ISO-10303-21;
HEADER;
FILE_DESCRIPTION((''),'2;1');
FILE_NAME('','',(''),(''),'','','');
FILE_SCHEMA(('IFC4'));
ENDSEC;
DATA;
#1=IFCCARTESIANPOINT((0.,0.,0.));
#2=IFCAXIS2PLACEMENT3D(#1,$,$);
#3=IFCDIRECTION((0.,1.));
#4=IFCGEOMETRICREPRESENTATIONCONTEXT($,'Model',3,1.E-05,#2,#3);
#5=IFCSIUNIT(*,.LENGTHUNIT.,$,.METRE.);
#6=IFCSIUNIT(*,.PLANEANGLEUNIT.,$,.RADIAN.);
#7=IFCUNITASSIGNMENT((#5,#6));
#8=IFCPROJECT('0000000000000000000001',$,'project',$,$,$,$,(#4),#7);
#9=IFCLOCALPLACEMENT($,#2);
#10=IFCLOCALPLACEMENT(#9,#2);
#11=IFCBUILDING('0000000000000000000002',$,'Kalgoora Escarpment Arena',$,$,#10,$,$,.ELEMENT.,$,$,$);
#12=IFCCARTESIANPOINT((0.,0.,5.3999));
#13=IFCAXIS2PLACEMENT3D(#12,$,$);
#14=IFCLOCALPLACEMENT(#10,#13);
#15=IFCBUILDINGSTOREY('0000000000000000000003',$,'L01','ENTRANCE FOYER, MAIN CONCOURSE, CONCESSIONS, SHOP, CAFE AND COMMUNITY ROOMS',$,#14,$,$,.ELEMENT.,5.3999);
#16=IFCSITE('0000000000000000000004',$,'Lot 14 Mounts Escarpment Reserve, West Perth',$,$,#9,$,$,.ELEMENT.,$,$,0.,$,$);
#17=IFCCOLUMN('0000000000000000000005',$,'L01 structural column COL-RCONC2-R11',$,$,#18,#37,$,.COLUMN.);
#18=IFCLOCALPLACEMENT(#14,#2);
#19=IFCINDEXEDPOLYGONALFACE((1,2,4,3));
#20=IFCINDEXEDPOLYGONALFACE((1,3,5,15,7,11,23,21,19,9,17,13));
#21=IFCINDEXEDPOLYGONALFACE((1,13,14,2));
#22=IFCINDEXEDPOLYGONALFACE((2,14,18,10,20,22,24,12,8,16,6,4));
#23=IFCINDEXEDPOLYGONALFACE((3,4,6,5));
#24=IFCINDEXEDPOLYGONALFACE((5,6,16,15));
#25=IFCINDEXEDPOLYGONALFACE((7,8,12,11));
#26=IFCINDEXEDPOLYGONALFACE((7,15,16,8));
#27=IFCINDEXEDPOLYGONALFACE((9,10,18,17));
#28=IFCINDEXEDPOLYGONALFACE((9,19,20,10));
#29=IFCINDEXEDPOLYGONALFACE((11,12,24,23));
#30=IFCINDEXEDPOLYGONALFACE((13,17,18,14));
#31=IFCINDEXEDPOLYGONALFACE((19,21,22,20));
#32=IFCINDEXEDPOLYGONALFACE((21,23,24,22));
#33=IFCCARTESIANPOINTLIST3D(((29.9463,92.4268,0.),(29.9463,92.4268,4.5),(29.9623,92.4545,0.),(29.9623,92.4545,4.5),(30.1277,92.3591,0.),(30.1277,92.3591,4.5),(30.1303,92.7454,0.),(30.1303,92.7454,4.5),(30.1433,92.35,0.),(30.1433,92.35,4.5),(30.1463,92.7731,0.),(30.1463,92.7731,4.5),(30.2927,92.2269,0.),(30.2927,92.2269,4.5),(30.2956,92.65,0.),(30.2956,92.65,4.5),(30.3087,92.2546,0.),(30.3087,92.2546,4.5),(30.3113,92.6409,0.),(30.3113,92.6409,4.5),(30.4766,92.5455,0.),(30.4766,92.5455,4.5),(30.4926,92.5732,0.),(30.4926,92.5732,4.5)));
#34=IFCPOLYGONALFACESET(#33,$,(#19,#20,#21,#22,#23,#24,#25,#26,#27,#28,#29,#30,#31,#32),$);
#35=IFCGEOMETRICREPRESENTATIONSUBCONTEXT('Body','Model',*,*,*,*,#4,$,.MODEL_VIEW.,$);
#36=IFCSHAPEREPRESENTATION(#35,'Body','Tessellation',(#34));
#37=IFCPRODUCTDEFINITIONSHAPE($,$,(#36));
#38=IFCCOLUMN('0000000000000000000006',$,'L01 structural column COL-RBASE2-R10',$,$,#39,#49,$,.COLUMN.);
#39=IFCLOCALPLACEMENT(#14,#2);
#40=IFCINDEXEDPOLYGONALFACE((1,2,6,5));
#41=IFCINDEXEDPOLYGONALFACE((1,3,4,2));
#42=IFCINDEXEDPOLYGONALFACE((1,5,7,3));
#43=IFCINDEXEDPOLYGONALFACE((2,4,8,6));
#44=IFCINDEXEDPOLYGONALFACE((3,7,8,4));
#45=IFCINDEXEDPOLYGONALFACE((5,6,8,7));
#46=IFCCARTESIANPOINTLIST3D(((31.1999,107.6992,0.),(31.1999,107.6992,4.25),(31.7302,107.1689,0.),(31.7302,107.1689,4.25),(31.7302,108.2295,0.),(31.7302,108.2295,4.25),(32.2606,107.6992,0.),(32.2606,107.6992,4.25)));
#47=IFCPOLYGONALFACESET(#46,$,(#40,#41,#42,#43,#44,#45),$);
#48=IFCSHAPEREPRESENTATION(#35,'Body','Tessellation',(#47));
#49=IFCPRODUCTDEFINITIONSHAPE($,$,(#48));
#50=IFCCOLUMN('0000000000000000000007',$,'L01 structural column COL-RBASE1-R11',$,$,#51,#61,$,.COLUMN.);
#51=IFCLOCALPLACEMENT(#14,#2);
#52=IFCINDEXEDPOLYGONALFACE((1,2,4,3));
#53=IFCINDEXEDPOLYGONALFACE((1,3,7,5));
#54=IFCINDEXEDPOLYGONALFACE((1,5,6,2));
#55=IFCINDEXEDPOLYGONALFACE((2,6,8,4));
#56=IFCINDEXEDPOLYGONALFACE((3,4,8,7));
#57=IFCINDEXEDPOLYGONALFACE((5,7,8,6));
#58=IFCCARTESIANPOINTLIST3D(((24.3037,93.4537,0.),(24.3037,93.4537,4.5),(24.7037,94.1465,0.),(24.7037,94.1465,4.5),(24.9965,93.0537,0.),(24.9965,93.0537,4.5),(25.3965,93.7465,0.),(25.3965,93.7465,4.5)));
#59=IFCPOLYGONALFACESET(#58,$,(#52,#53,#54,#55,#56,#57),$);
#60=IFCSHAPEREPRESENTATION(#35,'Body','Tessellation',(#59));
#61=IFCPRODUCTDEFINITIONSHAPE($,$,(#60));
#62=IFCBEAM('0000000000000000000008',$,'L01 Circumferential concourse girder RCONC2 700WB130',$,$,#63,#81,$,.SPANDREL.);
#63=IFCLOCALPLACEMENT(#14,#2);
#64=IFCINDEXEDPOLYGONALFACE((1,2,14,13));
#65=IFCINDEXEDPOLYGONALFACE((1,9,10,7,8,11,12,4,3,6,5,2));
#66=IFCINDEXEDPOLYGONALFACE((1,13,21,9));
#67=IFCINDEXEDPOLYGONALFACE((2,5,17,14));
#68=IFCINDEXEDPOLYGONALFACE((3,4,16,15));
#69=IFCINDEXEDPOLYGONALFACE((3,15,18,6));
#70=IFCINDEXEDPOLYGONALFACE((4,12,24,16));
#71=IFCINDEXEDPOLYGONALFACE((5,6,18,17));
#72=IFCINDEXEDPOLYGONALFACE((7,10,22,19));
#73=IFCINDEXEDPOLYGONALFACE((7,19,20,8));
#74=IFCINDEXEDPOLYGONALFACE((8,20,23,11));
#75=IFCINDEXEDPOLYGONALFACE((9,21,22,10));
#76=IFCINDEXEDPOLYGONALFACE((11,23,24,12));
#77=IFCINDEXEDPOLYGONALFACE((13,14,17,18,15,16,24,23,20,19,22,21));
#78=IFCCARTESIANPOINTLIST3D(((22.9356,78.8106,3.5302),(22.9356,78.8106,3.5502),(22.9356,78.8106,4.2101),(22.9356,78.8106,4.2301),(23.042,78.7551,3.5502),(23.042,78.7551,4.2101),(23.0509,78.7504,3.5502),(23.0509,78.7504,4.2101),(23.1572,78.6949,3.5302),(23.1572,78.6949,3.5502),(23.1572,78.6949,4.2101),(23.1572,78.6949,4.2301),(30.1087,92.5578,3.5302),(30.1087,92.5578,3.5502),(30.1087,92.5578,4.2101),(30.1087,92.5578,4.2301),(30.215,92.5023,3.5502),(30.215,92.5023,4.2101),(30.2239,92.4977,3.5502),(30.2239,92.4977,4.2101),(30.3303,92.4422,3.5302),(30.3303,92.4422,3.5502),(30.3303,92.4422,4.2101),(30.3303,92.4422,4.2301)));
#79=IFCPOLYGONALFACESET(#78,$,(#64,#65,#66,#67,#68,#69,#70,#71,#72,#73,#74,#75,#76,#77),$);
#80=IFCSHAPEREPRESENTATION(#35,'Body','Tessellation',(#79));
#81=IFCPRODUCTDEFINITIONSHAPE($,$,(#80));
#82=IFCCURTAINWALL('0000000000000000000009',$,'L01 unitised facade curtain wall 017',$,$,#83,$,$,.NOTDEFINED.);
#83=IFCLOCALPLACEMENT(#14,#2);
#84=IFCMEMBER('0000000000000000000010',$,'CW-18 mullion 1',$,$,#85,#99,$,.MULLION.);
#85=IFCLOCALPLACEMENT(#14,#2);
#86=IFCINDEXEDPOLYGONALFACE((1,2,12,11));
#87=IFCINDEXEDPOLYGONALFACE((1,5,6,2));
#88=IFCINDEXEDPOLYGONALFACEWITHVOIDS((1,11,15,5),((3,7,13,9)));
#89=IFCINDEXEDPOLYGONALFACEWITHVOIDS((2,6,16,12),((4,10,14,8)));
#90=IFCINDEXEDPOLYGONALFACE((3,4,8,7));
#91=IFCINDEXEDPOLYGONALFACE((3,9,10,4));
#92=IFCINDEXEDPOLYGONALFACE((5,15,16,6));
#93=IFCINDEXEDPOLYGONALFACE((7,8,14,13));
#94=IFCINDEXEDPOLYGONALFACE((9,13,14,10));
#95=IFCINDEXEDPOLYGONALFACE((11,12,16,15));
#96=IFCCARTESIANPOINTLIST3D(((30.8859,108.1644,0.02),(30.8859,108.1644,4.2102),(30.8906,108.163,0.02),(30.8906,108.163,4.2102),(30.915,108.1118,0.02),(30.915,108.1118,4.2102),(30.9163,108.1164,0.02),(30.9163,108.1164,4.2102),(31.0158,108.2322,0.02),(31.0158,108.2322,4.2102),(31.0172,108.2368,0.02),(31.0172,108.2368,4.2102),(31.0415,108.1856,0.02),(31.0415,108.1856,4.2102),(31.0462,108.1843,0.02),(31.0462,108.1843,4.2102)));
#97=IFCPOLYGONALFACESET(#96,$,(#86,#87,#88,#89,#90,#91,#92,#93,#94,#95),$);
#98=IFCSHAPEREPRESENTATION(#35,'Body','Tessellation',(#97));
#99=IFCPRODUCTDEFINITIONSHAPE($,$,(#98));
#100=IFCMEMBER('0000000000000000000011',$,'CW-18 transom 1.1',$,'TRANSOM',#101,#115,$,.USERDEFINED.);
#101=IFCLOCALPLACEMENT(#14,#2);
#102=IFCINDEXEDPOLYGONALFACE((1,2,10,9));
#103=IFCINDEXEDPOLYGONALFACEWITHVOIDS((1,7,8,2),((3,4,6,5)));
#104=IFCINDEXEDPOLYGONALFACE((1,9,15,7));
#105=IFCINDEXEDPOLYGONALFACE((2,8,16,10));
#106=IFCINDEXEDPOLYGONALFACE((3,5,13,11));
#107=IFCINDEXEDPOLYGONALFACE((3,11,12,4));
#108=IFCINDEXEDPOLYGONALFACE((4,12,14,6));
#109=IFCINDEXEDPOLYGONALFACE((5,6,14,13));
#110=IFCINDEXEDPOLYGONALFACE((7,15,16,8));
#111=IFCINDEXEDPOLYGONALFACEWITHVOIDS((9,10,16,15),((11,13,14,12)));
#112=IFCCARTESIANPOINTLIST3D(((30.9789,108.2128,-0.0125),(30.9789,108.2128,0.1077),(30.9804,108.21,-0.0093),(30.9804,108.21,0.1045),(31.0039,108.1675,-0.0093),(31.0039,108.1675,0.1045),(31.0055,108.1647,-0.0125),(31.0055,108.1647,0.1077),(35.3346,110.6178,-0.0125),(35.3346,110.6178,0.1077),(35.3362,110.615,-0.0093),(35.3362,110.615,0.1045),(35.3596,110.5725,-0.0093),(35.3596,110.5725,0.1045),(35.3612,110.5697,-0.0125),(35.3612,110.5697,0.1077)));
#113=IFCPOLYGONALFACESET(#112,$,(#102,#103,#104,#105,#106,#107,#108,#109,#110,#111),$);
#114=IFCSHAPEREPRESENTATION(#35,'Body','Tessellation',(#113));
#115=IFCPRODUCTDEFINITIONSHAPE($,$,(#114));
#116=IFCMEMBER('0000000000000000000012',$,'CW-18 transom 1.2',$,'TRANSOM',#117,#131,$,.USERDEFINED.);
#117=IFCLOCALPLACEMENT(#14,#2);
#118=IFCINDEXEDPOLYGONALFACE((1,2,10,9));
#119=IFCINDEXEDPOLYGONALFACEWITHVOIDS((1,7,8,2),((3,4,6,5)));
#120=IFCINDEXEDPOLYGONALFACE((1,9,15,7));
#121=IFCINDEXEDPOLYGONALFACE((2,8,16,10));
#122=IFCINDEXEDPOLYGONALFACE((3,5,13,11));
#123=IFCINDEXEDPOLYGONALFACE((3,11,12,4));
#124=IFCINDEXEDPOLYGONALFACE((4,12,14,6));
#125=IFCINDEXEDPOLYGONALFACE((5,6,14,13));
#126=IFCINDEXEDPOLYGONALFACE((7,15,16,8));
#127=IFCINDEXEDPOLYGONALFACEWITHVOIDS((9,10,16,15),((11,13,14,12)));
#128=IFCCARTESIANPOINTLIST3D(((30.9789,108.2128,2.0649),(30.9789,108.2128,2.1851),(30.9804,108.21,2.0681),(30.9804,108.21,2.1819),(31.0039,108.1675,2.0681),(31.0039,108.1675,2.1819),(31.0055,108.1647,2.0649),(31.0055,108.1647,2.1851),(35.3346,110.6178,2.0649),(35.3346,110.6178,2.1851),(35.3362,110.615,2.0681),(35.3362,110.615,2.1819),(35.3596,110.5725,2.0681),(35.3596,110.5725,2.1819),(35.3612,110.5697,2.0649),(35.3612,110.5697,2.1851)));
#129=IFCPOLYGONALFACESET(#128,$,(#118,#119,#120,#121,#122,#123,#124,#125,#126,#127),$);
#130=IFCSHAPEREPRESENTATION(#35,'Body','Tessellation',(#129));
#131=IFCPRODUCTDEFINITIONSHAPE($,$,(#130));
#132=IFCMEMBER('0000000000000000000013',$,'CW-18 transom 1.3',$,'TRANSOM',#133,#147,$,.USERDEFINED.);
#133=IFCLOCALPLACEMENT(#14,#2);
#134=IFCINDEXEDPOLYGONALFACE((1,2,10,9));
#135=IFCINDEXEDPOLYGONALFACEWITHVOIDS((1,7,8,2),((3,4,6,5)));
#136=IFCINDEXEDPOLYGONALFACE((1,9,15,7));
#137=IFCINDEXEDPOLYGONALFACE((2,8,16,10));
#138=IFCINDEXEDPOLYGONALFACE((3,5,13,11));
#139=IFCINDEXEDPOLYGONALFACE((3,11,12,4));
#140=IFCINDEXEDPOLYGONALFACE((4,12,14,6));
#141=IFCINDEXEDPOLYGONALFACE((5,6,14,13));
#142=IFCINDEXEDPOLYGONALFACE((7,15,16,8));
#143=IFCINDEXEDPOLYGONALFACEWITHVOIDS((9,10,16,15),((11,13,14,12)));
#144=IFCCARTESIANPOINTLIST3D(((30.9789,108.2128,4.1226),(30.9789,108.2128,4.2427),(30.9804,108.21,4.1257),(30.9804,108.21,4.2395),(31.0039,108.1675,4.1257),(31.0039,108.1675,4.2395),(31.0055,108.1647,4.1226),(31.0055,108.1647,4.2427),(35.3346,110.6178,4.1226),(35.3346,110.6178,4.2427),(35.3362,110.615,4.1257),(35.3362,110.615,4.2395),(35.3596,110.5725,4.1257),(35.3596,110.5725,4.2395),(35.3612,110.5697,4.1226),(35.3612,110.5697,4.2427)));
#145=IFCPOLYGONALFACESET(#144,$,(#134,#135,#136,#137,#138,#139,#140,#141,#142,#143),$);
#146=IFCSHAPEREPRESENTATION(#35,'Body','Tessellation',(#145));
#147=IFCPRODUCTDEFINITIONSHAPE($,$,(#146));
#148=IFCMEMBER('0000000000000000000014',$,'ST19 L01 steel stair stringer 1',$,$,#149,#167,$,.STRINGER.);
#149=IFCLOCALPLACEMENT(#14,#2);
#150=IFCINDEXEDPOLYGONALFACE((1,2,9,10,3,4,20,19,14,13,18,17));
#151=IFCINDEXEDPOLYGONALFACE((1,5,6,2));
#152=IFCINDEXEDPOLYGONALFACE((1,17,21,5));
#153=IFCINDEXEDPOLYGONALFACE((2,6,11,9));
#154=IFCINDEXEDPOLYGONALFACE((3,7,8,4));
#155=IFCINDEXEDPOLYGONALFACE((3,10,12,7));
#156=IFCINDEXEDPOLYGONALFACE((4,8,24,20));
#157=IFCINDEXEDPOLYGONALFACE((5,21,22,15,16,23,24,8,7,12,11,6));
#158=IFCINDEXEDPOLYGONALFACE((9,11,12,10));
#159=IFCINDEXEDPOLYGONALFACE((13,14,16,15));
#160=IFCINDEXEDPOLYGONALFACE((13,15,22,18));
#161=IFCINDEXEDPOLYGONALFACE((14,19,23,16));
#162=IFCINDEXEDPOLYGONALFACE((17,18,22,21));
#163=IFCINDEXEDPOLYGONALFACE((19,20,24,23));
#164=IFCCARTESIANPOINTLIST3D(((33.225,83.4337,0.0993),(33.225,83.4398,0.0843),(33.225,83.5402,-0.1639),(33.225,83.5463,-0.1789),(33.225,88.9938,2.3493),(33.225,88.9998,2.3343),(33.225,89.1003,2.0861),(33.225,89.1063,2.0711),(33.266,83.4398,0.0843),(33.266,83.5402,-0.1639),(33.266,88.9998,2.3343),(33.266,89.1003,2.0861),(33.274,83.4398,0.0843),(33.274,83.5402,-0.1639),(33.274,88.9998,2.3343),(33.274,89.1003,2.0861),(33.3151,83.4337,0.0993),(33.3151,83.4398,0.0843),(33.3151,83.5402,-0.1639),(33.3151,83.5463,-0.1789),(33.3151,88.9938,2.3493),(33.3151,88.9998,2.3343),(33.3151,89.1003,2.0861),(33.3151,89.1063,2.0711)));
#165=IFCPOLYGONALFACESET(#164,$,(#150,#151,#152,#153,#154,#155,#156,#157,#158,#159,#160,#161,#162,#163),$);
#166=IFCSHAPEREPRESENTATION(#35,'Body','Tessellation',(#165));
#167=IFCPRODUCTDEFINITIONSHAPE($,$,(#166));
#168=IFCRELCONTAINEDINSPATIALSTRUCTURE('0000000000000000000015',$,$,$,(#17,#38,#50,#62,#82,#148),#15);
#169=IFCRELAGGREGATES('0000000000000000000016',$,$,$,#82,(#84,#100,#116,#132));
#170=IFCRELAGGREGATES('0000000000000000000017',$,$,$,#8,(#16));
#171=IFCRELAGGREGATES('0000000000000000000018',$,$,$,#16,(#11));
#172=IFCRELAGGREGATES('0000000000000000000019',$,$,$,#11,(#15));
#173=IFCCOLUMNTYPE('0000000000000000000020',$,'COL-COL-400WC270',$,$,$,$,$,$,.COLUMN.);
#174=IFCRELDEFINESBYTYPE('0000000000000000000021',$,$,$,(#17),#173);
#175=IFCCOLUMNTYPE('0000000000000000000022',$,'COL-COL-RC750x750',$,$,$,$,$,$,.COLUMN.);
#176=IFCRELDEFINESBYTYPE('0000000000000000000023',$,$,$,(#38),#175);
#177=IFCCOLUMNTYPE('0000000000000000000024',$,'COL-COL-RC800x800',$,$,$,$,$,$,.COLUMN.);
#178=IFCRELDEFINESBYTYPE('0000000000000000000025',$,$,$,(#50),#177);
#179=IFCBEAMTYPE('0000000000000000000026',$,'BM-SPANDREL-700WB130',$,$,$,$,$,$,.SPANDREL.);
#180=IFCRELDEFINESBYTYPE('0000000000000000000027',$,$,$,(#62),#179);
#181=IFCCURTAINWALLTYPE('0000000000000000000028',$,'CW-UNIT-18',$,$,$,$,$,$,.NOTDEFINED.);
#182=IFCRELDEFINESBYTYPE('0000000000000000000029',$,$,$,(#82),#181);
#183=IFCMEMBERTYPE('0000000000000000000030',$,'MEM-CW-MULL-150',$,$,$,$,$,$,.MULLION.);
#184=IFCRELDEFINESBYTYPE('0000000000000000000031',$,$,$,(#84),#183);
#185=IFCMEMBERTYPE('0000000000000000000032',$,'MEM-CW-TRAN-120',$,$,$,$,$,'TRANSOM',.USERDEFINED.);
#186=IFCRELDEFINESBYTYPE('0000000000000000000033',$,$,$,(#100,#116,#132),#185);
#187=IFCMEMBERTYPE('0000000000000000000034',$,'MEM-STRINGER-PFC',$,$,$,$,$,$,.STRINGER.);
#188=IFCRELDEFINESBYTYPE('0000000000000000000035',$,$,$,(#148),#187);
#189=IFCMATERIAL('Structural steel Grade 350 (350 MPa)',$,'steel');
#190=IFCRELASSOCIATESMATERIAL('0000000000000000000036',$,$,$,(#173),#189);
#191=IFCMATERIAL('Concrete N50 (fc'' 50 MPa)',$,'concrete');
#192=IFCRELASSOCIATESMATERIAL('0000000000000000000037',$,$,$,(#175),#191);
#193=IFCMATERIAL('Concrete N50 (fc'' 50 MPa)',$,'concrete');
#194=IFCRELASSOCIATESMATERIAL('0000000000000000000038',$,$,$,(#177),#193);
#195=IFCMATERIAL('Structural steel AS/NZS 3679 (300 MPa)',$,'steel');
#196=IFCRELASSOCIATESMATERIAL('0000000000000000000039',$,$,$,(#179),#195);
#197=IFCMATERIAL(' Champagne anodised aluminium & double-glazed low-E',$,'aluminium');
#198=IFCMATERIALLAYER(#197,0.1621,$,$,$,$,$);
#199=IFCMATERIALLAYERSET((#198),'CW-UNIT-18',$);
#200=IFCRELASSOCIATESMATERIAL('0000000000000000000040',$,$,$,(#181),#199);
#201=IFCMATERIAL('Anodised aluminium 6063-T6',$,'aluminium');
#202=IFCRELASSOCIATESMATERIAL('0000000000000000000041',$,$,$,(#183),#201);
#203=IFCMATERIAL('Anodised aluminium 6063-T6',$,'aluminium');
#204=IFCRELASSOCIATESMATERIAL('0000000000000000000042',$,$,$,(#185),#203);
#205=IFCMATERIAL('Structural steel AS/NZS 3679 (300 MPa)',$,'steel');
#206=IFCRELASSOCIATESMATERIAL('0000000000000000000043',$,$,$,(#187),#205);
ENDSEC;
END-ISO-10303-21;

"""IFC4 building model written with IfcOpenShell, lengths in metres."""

from ifc_helpers import new_model, si_unit, direction, frame, origin, origin_2d, place, context, subcontext, project, spatial, rectangle, hollow_rectangle, i_section, extrude, material, layer, layer_set, material_profile, profile_set, type_object, element, aggregate, save


model = new_model("IFC4")

# Units and contexts
model_context = context("Model", 3, precision=1e-05, world=origin(), true_north=direction((0.0, 1.0)))
body_context = subcontext(model_context, "Body", "Model", "MODEL_VIEW")
ifc_project = project(units=[si_unit("LENGTHUNIT", "METRE"), si_unit("PLANEANGLEUNIT", "RADIAN")], contexts=[model_context])

# Site, building, storey
site_placement = place(None, origin())
site = spatial("IfcSite", under=ifc_project, at=site_placement, Name="Lot 14 Mounts Escarpment Reserve, West Perth", CompositionType="ELEMENT", RefElevation=0.0)
building_placement = place(site_placement, origin())
building = spatial("IfcBuilding", under=site, at=building_placement, Name="Kalgoora Escarpment Arena", CompositionType="ELEMENT")
storey_placement = place(building_placement, frame((0.0, 0.0, 5.3999)))
storey = spatial("IfcBuildingStorey", under=building, at=storey_placement, Name="L01", Description="ENTRANCE FOYER, MAIN CONCOURSE, CONCESSIONS, SHOP, CAFE AND COMMUNITY ROOMS", CompositionType="ELEMENT", Elevation=5.3999)

# Columns
ifc_material_1 = material(Name="Structural steel Grade 350 (350 MPa)", Category="steel")
ifc_material_profile_1 = material_profile(ifc_material_1, i_section(OverallWidth=0.3999, OverallDepth=0.3999, WebThickness=0.0181, FlangeThickness=0.032, at=origin_2d()))
ifc_profile_set_1 = profile_set([ifc_material_profile_1], Name="Structural steel Grade 350 (350 MPa)")
column_type_1 = type_object("IfcColumnType", Name="COL-COL-400WC270", PredefinedType="COLUMN", material=ifc_profile_set_1)
column_1_placement = place(storey_placement, frame((30.2195, 92.5, 0.0), z_axis=(0.0, 0.0, 1.0), x_axis=(-0.866025, 0.5, 0.0)))
element("IfcColumn", 1, at=column_1_placement, inside=storey, type_object=column_type_1, Name="L01 structural column COL-RCONC2-R11", PredefinedType="COLUMN", context=body_context, shape_type="SweptSolid", body=[
    extrude(i_section(OverallWidth=0.3999, OverallDepth=0.3999, WebThickness=0.0181, FlangeThickness=0.032, at=origin_2d()), origin(), (0.0, 0.0, 1.0), 4.5),
])
ifc_material_2 = material(Name="Concrete N50 (fc' 50 MPa)", Category="concrete")
ifc_material_profile_2 = material_profile(ifc_material_2, rectangle(XDim=0.75, YDim=0.75, at=origin_2d()))
ifc_profile_set_2 = profile_set([ifc_material_profile_2], Name="Concrete N50 (fc' 50 MPa)")
column_type_2 = type_object("IfcColumnType", Name="COL-COL-RC750x750", PredefinedType="COLUMN", material=ifc_profile_set_2)
column_2_placement = place(storey_placement, frame((31.7302, 107.6992, 0.0), z_axis=(0.0, 0.0, 1.0), x_axis=(-0.707107, 0.707107, 0.0)))
element("IfcColumn", 2, at=column_2_placement, inside=storey, type_object=column_type_2, Name="L01 structural column COL-RBASE2-R10", PredefinedType="COLUMN", context=body_context, shape_type="SweptSolid", body=[
    extrude(rectangle(XDim=0.75, YDim=0.75, at=origin_2d()), origin(), (0.0, 0.0, 1.0), 4.25),
])
ifc_material_3 = material(Name="Concrete N50 (fc' 50 MPa)", Category="concrete")
ifc_material_profile_3 = material_profile(ifc_material_3, rectangle(XDim=0.8, YDim=0.8, at=origin_2d()))
ifc_profile_set_3 = profile_set([ifc_material_profile_3], Name="Concrete N50 (fc' 50 MPa)")
column_type_3 = type_object("IfcColumnType", Name="COL-COL-RC800x800", PredefinedType="COLUMN", material=ifc_profile_set_3)
column_3_placement = place(storey_placement, frame((24.8501, 93.6001, 0.0), z_axis=(0.0, 0.0, 1.0), x_axis=(-0.866025, 0.5, 0.0)))
element("IfcColumn", 3, at=column_3_placement, inside=storey, type_object=column_type_3, Name="L01 structural column COL-RBASE1-R11", PredefinedType="COLUMN", context=body_context, shape_type="SweptSolid", body=[
    extrude(rectangle(XDim=0.8, YDim=0.8, at=origin_2d()), origin(), (0.0, 0.0, 1.0), 4.5),
])

# Beam
ifc_material_4 = material(Name="Structural steel AS/NZS 3679 (300 MPa)", Category="steel")
ifc_material_profile_4 = material_profile(ifc_material_4, i_section(OverallWidth=0.25, OverallDepth=0.7, WebThickness=0.01, FlangeThickness=0.02, at=origin_2d()))
ifc_profile_set_4 = profile_set([ifc_material_profile_4], Name="Structural steel AS/NZS 3679 (300 MPa)")
beam_type = type_object("IfcBeamType", Name="BM-SPANDREL-700WB130", PredefinedType="SPANDREL", material=ifc_profile_set_4)
beam_placement = place(storey_placement, frame((30.2195, 92.5, 3.8801), z_axis=(-0.462596, -0.886569, 0.0), x_axis=(0.886569, -0.462596, 0.0)))
element("IfcBeam", 4, at=beam_placement, inside=storey, type_object=beam_type, Name="L01 Circumferential concourse girder RCONC2 700WB130", PredefinedType="SPANDREL", context=body_context, shape_type="SweptSolid", body=[
    extrude(i_section(OverallWidth=0.25, OverallDepth=0.7, WebThickness=0.01, FlangeThickness=0.02, at=origin_2d()), origin(), (0.0, 0.0, 1.0), 15.5061),
])

# Curtain wall, members
ifc_material_5 = material(Name=" Champagne anodised aluminium & double-glazed low-E", Category="aluminium")
ifc_layer_1 = layer(ifc_material_5, 0.1621)
ifc_layer_set_1 = layer_set([ifc_layer_1], Name="CW-UNIT-18")
curtain_wall_type = type_object("IfcCurtainWallType", Name="CW-UNIT-18", PredefinedType="NOTDEFINED", material=ifc_layer_set_1)
curtain_wall_placement = place(storey_placement, origin())
curtain_wall = element("IfcCurtainWall", 5, at=curtain_wall_placement, inside=storey, type_object=curtain_wall_type, Name="L01 unitised facade curtain wall 017", PredefinedType="NOTDEFINED")
ifc_material_6 = material(Name="Anodised aluminium 6063-T6", Category="aluminium")
ifc_material_profile_5 = material_profile(ifc_material_6, hollow_rectangle(XDim=0.0601, YDim=0.1499, WallThickness=0.0034, at=origin_2d()))
ifc_profile_set_5 = profile_set([ifc_material_profile_5], Name="Anodised aluminium 6063-T6")
member_type_1 = type_object("IfcMemberType", Name="MEM-CW-MULL-150", PredefinedType="MULLION", material=ifc_profile_set_5)
member_1_placement = place(storey_placement, frame((30.9661, 108.1743, 0.02), z_axis=(0.0, 0.0, 1.0), x_axis=(-0.483359, 0.875423, 0.0)))
member_1 = element("IfcMember", 6, at=member_1_placement, type_object=member_type_1, Name="CW-18 mullion 1", PredefinedType="MULLION", context=body_context, shape_type="SweptSolid", body=[
    extrude(hollow_rectangle(XDim=0.0601, YDim=0.1499, WallThickness=0.0034, at=origin_2d()), origin(), (0.0, 0.0, 1.0), 4.1902),
])
ifc_material_7 = material(Name="Anodised aluminium 6063-T6", Category="aluminium")
ifc_material_profile_6 = material_profile(ifc_material_7, hollow_rectangle(XDim=0.0549, YDim=0.1201, WallThickness=0.0032, at=origin_2d()))
ifc_profile_set_6 = profile_set([ifc_material_profile_6], Name="Anodised aluminium 6063-T6")
member_type_2 = type_object("IfcMemberType", Name="MEM-CW-TRAN-120", ElementType="TRANSOM", PredefinedType="USERDEFINED", material=ifc_profile_set_6)
member_2_placement = place(storey_placement, frame((30.9922, 108.1887, 0.0476), z_axis=(0.875418, 0.483367, 0.0), x_axis=(-0.483367, 0.875418, 0.0)))
member_2 = element("IfcMember", 7, at=member_2_placement, type_object=member_type_2, Name="CW-18 transom 1.1", ObjectType="TRANSOM", PredefinedType="USERDEFINED", context=body_context, shape_type="SweptSolid", body=[
    extrude(hollow_rectangle(XDim=0.0549, YDim=0.1201, WallThickness=0.0032, at=origin_2d()), origin(), (0.0, 0.0, 1.0), 4.9756),
])
member_3_placement = place(storey_placement, frame((30.9922, 108.1887, 2.125), z_axis=(0.875418, 0.483367, 0.0), x_axis=(-0.483367, 0.875418, 0.0)))
member_3 = element("IfcMember", 8, at=member_3_placement, type_object=member_type_2, Name="CW-18 transom 1.2", ObjectType="TRANSOM", PredefinedType="USERDEFINED", context=body_context, shape_type="SweptSolid", body=[
    extrude(hollow_rectangle(XDim=0.0549, YDim=0.1201, WallThickness=0.0032, at=origin_2d()), origin(), (0.0, 0.0, 1.0), 4.9756),
])
member_4_placement = place(storey_placement, frame((30.9922, 108.1887, 4.1826), z_axis=(0.875418, 0.483367, 0.0), x_axis=(-0.483367, 0.875418, 0.0)))
member_4 = element("IfcMember", 9, at=member_4_placement, type_object=member_type_2, Name="CW-18 transom 1.3", ObjectType="TRANSOM", PredefinedType="USERDEFINED", context=body_context, shape_type="SweptSolid", body=[
    extrude(hollow_rectangle(XDim=0.0549, YDim=0.1201, WallThickness=0.0032, at=origin_2d()), origin(), (0.0, 0.0, 1.0), 4.9756),
])

# Member
ifc_material_8 = material(Name="Structural steel AS/NZS 3679 (300 MPa)", Category="steel")
ifc_material_profile_7 = material_profile(ifc_material_8, i_section(OverallWidth=0.0901, OverallDepth=0.3, WebThickness=0.0081, FlangeThickness=0.0161, at=origin_2d()))
ifc_profile_set_7 = profile_set([ifc_material_profile_7], Name="Structural steel AS/NZS 3679 (300 MPa)")
member_type_3 = type_object("IfcMemberType", Name="MEM-STRINGER-PFC", PredefinedType="STRINGER", material=ifc_profile_set_7)
member_5_placement = place(storey_placement, frame((33.27, 83.49, -0.0398), z_axis=(0.0, 0.926976, 0.375121), x_axis=(-1.0, 0.0, 0.0)))
element("IfcMember", 10, at=member_5_placement, inside=storey, type_object=member_type_3, Name="ST19 L01 steel stair stringer 1", PredefinedType="STRINGER", context=body_context, shape_type="SweptSolid", body=[
    extrude(i_section(OverallWidth=0.0901, OverallDepth=0.3, WebThickness=0.0081, FlangeThickness=0.0161, at=origin_2d()), origin(), (0.0, 0.0, 1.0), 5.998),
])

aggregate(curtain_wall, [member_1, member_2, member_3, member_4])

save(model, "model.ifc")
